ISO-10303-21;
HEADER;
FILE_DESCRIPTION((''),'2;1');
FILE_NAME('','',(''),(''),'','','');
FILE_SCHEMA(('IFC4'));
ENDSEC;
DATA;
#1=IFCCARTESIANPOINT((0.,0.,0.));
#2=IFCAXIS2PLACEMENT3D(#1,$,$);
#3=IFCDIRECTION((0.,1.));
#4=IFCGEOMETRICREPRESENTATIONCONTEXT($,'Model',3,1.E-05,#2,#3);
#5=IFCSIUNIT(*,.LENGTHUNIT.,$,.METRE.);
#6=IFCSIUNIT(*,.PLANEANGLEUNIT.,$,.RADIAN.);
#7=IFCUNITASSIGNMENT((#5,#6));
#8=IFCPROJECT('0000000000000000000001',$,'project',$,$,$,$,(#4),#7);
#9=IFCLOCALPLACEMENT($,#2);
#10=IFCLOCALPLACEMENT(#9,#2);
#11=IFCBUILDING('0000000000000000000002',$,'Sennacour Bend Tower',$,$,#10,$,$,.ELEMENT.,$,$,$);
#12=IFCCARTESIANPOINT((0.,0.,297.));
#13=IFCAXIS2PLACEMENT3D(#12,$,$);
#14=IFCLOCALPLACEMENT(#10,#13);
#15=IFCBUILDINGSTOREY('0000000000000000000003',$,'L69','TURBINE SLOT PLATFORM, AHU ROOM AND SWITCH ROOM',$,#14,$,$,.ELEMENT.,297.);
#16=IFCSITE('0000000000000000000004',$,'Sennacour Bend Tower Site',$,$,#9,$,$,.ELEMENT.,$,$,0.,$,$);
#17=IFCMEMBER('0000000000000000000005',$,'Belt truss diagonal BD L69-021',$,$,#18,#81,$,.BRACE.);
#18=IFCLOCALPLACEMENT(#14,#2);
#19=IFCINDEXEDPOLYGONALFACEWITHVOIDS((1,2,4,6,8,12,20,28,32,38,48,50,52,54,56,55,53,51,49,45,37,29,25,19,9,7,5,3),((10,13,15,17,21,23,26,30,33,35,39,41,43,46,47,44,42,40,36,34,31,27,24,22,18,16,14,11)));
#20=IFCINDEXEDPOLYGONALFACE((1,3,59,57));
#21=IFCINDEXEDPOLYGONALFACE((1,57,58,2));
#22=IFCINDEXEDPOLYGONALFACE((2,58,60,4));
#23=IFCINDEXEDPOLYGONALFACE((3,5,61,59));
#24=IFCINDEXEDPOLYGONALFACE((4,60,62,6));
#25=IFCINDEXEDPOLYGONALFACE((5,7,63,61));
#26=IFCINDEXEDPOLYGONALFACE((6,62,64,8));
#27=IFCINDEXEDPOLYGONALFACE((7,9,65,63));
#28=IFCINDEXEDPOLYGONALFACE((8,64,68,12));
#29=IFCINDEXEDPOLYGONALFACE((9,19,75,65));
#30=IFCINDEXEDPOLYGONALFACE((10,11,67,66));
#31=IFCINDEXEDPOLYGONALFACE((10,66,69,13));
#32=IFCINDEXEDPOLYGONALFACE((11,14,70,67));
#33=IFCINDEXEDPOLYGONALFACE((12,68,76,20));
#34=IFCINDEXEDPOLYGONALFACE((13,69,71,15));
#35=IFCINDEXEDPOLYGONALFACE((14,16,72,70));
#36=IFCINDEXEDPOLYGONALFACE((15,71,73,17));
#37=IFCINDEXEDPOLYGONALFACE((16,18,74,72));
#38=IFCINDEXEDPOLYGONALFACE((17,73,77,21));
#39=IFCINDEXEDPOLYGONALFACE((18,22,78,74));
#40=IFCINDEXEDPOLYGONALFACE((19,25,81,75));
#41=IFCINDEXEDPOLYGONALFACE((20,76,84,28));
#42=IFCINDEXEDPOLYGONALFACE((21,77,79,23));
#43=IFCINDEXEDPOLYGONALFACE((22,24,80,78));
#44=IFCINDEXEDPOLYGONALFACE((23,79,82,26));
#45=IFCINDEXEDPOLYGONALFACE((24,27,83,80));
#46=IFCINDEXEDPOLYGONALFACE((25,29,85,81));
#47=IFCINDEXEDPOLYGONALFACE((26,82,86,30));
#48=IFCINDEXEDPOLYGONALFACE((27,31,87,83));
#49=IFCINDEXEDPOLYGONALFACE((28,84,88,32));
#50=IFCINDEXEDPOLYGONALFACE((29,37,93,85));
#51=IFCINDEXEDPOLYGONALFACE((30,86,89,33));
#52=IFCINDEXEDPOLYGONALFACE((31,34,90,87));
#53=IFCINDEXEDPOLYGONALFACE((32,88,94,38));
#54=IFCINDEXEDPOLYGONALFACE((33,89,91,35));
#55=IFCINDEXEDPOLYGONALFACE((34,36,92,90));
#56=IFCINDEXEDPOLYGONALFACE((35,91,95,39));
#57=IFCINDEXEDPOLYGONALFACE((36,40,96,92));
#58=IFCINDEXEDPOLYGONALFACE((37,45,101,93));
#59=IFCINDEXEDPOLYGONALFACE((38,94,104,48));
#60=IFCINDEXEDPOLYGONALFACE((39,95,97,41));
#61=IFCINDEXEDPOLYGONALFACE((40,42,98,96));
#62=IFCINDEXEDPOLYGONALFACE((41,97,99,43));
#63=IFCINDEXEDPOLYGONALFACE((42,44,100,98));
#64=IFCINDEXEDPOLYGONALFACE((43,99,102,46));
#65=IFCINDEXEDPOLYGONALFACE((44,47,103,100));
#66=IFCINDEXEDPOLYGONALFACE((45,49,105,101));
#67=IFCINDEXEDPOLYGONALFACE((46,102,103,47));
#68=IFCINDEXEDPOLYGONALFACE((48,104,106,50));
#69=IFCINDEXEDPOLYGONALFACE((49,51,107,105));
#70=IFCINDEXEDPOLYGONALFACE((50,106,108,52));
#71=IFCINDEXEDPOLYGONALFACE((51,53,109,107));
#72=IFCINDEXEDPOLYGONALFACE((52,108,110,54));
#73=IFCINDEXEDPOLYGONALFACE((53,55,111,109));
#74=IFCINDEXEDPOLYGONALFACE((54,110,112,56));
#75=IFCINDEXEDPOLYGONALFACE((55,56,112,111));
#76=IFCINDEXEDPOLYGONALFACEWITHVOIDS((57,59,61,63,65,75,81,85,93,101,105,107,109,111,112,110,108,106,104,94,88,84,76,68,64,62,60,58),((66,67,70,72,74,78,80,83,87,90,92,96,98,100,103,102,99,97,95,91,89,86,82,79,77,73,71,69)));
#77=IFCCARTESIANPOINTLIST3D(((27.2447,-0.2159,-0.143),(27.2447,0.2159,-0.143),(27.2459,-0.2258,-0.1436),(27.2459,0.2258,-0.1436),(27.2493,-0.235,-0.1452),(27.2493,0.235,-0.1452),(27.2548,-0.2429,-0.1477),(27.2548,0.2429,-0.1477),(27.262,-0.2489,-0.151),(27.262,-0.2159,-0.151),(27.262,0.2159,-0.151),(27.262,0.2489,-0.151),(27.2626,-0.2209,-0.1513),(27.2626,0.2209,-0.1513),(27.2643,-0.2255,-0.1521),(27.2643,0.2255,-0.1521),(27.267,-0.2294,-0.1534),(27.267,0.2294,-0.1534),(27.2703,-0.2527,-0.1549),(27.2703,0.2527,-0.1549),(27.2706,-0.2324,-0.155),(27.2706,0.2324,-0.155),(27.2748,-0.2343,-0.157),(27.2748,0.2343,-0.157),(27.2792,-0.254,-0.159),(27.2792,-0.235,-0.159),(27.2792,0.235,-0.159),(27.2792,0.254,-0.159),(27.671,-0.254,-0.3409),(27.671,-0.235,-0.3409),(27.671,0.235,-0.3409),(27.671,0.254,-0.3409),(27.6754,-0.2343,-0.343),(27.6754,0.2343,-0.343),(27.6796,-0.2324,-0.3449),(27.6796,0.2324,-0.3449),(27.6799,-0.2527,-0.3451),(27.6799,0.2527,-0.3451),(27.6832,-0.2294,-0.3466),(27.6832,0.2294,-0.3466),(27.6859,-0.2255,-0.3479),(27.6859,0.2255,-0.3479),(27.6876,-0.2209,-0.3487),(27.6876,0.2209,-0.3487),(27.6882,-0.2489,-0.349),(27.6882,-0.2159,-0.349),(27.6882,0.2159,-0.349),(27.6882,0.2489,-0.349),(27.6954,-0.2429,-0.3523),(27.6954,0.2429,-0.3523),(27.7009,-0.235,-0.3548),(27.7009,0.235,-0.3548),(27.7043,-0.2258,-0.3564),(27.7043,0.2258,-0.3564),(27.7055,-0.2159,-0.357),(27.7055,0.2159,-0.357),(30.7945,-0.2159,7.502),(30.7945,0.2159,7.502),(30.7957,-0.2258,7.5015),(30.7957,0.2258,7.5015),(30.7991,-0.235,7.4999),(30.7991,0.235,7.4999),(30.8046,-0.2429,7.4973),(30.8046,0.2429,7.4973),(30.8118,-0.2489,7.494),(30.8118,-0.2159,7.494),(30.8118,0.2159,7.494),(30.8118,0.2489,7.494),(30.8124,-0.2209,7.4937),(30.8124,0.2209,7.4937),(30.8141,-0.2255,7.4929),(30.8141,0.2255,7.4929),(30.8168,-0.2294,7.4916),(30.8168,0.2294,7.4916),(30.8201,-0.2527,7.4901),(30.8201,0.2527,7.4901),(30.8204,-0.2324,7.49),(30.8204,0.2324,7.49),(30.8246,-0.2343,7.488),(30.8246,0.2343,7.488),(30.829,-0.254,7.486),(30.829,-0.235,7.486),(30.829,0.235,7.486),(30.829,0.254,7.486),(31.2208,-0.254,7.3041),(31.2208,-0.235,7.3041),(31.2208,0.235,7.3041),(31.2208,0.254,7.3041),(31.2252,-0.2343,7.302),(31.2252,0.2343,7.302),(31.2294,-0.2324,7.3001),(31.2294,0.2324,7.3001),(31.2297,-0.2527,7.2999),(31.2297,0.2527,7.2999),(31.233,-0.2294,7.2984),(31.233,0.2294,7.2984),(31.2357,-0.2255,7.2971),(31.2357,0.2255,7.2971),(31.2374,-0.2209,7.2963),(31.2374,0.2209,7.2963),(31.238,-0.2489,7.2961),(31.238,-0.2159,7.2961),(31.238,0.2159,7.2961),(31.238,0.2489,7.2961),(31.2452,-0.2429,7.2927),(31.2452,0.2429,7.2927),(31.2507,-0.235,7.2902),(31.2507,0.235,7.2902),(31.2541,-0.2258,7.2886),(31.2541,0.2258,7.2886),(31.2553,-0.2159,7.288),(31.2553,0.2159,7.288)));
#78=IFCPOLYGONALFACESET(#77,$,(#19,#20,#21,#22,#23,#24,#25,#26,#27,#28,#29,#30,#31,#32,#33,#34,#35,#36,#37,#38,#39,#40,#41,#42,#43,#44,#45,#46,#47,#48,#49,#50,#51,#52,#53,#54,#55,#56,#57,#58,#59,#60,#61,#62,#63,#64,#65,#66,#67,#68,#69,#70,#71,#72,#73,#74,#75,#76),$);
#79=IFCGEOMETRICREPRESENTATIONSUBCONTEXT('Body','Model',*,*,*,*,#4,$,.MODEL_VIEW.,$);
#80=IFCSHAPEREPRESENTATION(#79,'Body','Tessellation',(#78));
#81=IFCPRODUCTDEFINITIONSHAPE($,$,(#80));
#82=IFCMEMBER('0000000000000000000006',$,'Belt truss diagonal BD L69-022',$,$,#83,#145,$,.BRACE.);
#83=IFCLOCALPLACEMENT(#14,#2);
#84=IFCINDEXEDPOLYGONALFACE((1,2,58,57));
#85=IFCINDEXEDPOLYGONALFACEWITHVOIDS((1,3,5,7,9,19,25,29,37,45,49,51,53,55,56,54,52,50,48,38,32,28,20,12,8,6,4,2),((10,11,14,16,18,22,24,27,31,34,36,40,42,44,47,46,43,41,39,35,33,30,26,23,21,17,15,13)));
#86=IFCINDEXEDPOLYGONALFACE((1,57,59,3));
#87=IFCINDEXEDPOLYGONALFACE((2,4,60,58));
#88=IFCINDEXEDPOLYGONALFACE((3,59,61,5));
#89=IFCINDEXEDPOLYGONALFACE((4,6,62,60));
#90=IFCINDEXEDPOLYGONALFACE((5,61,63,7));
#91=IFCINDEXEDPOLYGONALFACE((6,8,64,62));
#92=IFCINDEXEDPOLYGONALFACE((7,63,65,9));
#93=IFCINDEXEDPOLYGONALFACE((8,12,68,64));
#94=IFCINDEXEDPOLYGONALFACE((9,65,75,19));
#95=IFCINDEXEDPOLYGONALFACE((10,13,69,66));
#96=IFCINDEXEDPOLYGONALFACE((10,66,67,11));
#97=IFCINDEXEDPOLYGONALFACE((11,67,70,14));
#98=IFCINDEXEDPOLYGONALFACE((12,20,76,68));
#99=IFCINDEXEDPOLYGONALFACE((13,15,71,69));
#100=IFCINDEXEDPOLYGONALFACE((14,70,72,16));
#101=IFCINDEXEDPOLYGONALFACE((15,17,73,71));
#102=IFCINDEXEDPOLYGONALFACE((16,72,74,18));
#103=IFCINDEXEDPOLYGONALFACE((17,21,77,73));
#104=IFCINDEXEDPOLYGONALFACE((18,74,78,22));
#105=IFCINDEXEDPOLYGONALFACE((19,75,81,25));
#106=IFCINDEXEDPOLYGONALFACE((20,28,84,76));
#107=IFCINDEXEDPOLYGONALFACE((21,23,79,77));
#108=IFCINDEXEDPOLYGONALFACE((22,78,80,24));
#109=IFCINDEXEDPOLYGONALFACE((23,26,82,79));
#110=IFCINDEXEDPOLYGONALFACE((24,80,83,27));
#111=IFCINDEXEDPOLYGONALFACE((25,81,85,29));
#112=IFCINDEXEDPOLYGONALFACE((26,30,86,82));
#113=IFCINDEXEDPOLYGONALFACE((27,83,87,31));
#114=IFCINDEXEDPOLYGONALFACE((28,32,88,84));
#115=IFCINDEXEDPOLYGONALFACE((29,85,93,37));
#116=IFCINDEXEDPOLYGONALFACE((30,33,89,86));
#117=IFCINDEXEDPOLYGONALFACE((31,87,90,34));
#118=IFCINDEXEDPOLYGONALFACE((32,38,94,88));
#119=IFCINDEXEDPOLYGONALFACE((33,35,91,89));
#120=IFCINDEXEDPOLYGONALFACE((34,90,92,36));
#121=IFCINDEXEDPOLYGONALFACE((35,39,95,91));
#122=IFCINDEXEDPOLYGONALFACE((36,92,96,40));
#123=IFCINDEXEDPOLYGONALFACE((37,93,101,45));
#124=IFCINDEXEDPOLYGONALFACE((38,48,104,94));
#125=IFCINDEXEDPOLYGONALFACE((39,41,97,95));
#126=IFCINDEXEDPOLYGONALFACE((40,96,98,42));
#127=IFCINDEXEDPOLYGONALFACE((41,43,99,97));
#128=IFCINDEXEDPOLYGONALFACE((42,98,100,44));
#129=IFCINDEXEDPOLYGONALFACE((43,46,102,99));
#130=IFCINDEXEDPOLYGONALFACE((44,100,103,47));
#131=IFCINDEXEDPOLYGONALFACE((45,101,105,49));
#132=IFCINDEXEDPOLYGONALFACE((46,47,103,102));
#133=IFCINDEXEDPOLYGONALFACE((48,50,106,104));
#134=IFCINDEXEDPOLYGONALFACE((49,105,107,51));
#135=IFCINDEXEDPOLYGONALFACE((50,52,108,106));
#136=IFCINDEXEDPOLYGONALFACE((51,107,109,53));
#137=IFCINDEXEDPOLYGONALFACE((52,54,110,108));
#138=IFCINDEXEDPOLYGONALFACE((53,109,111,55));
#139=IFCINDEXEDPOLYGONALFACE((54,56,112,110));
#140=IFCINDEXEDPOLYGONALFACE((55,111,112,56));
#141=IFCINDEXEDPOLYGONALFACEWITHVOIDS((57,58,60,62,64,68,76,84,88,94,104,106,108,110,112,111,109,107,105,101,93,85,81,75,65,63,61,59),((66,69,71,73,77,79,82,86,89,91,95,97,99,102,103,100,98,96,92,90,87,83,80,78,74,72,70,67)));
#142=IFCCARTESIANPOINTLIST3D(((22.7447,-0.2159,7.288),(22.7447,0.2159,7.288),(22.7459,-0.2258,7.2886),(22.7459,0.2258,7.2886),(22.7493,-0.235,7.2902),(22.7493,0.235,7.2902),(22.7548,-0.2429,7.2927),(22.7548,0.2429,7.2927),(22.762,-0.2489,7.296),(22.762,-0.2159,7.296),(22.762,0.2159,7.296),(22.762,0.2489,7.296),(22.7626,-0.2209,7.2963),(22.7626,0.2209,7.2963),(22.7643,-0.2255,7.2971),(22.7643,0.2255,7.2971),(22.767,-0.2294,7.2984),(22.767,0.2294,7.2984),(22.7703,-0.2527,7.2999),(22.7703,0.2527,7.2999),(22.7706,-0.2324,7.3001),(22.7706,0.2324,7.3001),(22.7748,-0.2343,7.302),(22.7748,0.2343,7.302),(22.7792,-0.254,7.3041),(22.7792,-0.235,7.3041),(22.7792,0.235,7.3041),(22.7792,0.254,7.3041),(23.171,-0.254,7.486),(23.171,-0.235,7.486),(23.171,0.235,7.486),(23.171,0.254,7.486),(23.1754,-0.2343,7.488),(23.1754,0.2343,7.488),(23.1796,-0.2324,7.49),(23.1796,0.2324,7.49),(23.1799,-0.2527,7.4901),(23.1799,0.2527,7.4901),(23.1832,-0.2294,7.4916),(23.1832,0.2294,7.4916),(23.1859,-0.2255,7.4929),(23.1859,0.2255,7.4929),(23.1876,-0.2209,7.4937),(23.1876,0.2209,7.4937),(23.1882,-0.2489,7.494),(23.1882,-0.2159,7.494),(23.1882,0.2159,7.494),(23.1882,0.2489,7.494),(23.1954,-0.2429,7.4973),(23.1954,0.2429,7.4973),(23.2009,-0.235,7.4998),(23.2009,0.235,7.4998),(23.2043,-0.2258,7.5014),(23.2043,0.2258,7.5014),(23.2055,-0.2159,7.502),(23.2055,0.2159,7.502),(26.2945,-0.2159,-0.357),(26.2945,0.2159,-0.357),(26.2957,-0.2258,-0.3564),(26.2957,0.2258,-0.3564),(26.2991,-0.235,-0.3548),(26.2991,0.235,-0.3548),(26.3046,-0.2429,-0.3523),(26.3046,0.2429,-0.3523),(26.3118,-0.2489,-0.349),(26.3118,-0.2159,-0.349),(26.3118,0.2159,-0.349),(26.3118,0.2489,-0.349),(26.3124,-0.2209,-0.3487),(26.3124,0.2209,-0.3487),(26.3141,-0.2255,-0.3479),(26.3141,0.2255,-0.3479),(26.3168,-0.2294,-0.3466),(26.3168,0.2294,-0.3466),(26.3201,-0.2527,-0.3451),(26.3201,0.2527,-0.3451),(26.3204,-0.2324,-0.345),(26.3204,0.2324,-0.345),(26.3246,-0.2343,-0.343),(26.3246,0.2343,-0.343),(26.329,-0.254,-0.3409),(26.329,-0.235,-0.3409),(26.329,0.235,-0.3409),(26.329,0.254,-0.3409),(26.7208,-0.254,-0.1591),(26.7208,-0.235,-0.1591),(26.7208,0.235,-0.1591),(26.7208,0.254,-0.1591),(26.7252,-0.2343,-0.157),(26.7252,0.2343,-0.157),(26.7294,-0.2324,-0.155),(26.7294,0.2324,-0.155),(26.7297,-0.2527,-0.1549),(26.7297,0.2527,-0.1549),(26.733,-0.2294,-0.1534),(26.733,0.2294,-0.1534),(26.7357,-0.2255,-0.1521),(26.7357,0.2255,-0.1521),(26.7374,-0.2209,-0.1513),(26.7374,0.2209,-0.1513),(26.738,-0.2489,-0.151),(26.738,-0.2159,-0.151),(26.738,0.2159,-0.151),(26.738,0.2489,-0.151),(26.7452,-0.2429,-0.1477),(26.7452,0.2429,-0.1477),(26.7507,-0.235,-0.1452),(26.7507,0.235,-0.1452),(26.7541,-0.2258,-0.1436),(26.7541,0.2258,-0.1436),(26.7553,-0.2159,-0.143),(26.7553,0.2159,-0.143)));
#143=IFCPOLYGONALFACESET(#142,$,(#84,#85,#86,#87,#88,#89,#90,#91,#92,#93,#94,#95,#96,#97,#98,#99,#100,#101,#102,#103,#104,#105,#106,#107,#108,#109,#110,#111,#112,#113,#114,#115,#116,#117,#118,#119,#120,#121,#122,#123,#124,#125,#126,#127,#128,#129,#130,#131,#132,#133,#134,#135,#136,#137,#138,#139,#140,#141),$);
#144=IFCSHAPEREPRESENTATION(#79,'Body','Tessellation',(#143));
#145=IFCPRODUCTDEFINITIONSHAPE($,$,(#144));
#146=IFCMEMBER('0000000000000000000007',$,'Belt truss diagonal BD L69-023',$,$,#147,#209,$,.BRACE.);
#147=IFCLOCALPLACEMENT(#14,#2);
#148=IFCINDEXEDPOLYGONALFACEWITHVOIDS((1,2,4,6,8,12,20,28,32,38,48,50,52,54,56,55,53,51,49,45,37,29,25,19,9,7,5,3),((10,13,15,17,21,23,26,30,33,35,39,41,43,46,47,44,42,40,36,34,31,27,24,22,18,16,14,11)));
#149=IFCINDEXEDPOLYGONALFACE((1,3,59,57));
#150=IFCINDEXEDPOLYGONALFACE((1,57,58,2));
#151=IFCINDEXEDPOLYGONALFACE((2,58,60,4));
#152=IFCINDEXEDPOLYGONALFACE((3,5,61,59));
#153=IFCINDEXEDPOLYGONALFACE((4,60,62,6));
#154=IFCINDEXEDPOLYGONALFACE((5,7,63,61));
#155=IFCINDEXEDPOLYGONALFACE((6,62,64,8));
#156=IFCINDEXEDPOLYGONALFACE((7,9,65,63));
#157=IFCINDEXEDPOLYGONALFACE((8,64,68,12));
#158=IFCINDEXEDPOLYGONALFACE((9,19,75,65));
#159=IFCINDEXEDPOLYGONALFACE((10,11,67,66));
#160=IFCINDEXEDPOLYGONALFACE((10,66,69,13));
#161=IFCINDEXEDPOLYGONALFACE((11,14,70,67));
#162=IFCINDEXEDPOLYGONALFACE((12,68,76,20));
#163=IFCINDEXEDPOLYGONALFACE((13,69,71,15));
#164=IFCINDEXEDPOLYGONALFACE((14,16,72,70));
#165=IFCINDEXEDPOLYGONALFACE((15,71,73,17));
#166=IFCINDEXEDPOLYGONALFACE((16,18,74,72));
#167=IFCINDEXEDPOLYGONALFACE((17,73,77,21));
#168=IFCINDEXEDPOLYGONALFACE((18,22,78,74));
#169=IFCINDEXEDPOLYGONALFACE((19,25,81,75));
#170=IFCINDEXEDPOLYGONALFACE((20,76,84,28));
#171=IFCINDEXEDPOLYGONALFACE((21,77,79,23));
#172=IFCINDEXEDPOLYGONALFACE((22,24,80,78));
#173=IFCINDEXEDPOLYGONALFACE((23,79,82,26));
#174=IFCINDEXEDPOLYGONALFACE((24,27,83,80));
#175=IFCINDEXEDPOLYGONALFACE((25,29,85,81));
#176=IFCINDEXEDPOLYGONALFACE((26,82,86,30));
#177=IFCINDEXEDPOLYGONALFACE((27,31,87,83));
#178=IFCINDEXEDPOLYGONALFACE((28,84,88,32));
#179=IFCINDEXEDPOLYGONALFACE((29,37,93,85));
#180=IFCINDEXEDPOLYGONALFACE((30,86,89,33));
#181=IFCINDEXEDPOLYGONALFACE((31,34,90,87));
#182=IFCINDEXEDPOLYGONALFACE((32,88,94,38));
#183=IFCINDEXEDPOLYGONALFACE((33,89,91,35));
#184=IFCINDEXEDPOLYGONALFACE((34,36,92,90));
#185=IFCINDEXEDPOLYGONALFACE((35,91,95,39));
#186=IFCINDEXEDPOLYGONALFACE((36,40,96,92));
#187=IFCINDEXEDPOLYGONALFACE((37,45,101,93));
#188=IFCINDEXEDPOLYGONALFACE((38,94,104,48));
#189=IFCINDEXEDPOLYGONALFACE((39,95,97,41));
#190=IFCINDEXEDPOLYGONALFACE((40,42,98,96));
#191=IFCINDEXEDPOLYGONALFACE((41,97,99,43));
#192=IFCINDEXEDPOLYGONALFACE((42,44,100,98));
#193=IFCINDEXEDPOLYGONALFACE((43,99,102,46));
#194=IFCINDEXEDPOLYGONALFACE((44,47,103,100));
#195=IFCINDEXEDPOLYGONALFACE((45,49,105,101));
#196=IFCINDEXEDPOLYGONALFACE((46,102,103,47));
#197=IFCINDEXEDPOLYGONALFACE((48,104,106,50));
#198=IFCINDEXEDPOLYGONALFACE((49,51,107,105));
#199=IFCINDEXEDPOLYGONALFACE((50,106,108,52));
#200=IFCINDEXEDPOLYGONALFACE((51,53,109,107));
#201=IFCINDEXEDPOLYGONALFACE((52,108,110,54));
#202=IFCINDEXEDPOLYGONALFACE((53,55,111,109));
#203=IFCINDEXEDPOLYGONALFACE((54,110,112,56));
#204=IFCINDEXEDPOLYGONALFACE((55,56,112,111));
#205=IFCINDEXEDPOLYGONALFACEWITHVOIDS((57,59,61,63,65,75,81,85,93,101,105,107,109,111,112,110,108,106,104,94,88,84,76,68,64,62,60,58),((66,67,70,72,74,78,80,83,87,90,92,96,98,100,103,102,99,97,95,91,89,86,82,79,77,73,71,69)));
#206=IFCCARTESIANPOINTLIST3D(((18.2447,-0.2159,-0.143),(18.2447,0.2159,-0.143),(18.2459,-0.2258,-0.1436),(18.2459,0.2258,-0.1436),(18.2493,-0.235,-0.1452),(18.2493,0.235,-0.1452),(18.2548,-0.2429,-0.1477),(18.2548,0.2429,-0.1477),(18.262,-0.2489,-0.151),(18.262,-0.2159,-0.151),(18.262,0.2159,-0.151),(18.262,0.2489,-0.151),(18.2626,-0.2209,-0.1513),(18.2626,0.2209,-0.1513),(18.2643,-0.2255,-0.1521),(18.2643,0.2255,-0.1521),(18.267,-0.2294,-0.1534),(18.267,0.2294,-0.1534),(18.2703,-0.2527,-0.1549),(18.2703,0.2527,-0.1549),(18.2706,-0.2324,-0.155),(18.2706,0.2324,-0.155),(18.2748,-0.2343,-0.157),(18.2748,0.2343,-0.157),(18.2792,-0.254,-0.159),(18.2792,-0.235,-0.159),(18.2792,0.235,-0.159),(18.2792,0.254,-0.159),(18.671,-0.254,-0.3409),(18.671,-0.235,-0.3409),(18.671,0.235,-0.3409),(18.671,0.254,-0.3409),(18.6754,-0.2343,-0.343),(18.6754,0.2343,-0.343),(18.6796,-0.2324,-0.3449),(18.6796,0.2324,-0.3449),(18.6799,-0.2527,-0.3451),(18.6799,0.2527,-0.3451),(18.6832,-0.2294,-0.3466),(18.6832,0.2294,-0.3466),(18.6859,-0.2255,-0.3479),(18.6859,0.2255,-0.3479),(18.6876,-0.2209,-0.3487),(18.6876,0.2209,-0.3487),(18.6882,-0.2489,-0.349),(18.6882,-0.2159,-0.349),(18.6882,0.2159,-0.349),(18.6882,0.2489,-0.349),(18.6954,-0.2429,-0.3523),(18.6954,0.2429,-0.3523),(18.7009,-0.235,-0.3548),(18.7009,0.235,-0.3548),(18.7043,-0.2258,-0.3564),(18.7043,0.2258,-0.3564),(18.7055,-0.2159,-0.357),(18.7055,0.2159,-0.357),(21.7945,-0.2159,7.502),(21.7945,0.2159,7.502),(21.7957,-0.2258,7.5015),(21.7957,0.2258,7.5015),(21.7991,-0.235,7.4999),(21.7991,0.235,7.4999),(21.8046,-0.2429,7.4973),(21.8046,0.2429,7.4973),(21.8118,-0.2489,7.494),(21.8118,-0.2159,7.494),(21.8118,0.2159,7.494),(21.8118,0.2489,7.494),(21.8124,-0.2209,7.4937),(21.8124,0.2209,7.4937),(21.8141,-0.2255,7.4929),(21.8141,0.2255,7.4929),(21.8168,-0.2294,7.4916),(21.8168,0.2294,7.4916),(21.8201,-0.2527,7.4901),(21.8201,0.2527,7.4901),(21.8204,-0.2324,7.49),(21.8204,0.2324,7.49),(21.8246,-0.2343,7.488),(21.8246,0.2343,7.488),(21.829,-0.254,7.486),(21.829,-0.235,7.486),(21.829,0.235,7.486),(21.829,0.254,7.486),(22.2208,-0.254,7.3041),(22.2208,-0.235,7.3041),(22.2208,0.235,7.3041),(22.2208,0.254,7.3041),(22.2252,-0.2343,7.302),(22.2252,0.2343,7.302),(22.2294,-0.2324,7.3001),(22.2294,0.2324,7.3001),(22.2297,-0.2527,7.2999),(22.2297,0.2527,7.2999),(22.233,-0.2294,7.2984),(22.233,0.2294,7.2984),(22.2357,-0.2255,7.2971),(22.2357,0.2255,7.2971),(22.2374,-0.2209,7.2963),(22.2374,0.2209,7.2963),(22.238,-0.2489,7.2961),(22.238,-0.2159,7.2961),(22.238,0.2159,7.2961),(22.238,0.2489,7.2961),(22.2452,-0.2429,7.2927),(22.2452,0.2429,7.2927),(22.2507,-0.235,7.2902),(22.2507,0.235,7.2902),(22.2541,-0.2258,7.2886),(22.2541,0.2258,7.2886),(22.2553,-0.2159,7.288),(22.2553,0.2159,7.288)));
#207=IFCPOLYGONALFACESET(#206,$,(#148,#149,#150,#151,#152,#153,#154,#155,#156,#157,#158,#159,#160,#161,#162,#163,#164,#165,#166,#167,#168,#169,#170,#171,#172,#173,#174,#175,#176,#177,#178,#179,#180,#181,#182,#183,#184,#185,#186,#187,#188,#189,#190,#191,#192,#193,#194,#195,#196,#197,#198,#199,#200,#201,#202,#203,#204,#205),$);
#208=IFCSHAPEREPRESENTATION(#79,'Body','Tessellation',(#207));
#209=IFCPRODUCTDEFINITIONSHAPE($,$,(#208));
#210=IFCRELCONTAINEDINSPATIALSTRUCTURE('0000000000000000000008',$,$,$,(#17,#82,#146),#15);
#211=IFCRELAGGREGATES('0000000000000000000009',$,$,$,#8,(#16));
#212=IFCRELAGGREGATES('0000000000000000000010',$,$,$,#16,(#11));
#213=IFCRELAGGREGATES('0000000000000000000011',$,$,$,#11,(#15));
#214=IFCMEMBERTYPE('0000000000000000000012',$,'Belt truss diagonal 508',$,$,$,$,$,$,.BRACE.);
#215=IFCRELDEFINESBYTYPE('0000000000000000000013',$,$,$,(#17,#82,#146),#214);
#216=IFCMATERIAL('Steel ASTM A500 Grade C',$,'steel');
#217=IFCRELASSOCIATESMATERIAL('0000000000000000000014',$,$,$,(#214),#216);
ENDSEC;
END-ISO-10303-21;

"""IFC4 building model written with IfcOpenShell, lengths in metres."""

from ifc_helpers import new_model, si_unit, direction, frame, origin, origin_2d, place, context, subcontext, project, spatial, hollow_rectangle, extrude, material, material_profile, profile_set, type_object, element, save


model = new_model("IFC4")

# Units and contexts
model_context = context("Model", 3, precision=1e-05, world=origin(), true_north=direction((0.0, 1.0)))
body_context = subcontext(model_context, "Body", "Model", "MODEL_VIEW")
ifc_project = project(units=[si_unit("LENGTHUNIT", "METRE"), si_unit("PLANEANGLEUNIT", "RADIAN")], contexts=[model_context])

# Site, building, storey
site_placement = place(None, origin())
site = spatial("IfcSite", under=ifc_project, at=site_placement, Name="Sennacour Bend Tower Site", CompositionType="ELEMENT", RefElevation=0.0)
building_placement = place(site_placement, origin())
building = spatial("IfcBuilding", under=site, at=building_placement, Name="Sennacour Bend Tower", CompositionType="ELEMENT")
storey_placement = place(building_placement, frame((0.0, 0.0, 297.0)))
storey = spatial("IfcBuildingStorey", under=building, at=storey_placement, Name="L69", Description="TURBINE SLOT PLATFORM, AHU ROOM AND SWITCH ROOM", CompositionType="ELEMENT", Elevation=297.0)

# Members
ifc_material_1 = material(Name="Steel ASTM A500 Grade C", Category="steel")
ifc_material_profile_1 = material_profile(ifc_material_1, hollow_rectangle(XDim=0.5081, YDim=0.5081, WallThickness=0.019, InnerFilletRadius=0.019, OuterFilletRadius=0.0381, at=origin_2d()), Name="Steel ASTM A500 Grade C", Category="steel")
ifc_profile_set_1 = profile_set([ifc_material_profile_1], Name="Steel ASTM A500 Grade C")
member_type_1 = type_object("IfcMemberType", Name="Belt truss diagonal 508", PredefinedType="BRACE", material=ifc_profile_set_1)
for number, where, z_axis, x_axis, name in (
    (1, (31.0249, 0.0, 7.395), (-0.421144, 0.0, -0.906994), (0.0, -1.0, 0.0), "Belt truss diagonal BD L69-021"),
    (2, (26.5249, 0.0, -0.25), (-0.421144, 0.0, 0.906994), (0.0, -1.0, 0.0), "Belt truss diagonal BD L69-022"),
    (3, (22.0249, 0.0, 7.395), (-0.421144, 0.0, -0.906994), (0.0, -1.0, 0.0), "Belt truss diagonal BD L69-023"),
):
    element("IfcMember", number, at=place(storey_placement, frame(where, z_axis=z_axis, x_axis=x_axis)), inside=storey, type_object=member_type_1, Name=name, PredefinedType="BRACE", context=body_context, shape_type="SweptSolid", body=[
        extrude(hollow_rectangle(XDim=0.5081, YDim=0.5081, WallThickness=0.019, InnerFilletRadius=0.019, OuterFilletRadius=0.0381, at=origin_2d()), origin(), (0.0, 0.0, 1.0), 8.429),
    ])

save(model, "model.ifc")
